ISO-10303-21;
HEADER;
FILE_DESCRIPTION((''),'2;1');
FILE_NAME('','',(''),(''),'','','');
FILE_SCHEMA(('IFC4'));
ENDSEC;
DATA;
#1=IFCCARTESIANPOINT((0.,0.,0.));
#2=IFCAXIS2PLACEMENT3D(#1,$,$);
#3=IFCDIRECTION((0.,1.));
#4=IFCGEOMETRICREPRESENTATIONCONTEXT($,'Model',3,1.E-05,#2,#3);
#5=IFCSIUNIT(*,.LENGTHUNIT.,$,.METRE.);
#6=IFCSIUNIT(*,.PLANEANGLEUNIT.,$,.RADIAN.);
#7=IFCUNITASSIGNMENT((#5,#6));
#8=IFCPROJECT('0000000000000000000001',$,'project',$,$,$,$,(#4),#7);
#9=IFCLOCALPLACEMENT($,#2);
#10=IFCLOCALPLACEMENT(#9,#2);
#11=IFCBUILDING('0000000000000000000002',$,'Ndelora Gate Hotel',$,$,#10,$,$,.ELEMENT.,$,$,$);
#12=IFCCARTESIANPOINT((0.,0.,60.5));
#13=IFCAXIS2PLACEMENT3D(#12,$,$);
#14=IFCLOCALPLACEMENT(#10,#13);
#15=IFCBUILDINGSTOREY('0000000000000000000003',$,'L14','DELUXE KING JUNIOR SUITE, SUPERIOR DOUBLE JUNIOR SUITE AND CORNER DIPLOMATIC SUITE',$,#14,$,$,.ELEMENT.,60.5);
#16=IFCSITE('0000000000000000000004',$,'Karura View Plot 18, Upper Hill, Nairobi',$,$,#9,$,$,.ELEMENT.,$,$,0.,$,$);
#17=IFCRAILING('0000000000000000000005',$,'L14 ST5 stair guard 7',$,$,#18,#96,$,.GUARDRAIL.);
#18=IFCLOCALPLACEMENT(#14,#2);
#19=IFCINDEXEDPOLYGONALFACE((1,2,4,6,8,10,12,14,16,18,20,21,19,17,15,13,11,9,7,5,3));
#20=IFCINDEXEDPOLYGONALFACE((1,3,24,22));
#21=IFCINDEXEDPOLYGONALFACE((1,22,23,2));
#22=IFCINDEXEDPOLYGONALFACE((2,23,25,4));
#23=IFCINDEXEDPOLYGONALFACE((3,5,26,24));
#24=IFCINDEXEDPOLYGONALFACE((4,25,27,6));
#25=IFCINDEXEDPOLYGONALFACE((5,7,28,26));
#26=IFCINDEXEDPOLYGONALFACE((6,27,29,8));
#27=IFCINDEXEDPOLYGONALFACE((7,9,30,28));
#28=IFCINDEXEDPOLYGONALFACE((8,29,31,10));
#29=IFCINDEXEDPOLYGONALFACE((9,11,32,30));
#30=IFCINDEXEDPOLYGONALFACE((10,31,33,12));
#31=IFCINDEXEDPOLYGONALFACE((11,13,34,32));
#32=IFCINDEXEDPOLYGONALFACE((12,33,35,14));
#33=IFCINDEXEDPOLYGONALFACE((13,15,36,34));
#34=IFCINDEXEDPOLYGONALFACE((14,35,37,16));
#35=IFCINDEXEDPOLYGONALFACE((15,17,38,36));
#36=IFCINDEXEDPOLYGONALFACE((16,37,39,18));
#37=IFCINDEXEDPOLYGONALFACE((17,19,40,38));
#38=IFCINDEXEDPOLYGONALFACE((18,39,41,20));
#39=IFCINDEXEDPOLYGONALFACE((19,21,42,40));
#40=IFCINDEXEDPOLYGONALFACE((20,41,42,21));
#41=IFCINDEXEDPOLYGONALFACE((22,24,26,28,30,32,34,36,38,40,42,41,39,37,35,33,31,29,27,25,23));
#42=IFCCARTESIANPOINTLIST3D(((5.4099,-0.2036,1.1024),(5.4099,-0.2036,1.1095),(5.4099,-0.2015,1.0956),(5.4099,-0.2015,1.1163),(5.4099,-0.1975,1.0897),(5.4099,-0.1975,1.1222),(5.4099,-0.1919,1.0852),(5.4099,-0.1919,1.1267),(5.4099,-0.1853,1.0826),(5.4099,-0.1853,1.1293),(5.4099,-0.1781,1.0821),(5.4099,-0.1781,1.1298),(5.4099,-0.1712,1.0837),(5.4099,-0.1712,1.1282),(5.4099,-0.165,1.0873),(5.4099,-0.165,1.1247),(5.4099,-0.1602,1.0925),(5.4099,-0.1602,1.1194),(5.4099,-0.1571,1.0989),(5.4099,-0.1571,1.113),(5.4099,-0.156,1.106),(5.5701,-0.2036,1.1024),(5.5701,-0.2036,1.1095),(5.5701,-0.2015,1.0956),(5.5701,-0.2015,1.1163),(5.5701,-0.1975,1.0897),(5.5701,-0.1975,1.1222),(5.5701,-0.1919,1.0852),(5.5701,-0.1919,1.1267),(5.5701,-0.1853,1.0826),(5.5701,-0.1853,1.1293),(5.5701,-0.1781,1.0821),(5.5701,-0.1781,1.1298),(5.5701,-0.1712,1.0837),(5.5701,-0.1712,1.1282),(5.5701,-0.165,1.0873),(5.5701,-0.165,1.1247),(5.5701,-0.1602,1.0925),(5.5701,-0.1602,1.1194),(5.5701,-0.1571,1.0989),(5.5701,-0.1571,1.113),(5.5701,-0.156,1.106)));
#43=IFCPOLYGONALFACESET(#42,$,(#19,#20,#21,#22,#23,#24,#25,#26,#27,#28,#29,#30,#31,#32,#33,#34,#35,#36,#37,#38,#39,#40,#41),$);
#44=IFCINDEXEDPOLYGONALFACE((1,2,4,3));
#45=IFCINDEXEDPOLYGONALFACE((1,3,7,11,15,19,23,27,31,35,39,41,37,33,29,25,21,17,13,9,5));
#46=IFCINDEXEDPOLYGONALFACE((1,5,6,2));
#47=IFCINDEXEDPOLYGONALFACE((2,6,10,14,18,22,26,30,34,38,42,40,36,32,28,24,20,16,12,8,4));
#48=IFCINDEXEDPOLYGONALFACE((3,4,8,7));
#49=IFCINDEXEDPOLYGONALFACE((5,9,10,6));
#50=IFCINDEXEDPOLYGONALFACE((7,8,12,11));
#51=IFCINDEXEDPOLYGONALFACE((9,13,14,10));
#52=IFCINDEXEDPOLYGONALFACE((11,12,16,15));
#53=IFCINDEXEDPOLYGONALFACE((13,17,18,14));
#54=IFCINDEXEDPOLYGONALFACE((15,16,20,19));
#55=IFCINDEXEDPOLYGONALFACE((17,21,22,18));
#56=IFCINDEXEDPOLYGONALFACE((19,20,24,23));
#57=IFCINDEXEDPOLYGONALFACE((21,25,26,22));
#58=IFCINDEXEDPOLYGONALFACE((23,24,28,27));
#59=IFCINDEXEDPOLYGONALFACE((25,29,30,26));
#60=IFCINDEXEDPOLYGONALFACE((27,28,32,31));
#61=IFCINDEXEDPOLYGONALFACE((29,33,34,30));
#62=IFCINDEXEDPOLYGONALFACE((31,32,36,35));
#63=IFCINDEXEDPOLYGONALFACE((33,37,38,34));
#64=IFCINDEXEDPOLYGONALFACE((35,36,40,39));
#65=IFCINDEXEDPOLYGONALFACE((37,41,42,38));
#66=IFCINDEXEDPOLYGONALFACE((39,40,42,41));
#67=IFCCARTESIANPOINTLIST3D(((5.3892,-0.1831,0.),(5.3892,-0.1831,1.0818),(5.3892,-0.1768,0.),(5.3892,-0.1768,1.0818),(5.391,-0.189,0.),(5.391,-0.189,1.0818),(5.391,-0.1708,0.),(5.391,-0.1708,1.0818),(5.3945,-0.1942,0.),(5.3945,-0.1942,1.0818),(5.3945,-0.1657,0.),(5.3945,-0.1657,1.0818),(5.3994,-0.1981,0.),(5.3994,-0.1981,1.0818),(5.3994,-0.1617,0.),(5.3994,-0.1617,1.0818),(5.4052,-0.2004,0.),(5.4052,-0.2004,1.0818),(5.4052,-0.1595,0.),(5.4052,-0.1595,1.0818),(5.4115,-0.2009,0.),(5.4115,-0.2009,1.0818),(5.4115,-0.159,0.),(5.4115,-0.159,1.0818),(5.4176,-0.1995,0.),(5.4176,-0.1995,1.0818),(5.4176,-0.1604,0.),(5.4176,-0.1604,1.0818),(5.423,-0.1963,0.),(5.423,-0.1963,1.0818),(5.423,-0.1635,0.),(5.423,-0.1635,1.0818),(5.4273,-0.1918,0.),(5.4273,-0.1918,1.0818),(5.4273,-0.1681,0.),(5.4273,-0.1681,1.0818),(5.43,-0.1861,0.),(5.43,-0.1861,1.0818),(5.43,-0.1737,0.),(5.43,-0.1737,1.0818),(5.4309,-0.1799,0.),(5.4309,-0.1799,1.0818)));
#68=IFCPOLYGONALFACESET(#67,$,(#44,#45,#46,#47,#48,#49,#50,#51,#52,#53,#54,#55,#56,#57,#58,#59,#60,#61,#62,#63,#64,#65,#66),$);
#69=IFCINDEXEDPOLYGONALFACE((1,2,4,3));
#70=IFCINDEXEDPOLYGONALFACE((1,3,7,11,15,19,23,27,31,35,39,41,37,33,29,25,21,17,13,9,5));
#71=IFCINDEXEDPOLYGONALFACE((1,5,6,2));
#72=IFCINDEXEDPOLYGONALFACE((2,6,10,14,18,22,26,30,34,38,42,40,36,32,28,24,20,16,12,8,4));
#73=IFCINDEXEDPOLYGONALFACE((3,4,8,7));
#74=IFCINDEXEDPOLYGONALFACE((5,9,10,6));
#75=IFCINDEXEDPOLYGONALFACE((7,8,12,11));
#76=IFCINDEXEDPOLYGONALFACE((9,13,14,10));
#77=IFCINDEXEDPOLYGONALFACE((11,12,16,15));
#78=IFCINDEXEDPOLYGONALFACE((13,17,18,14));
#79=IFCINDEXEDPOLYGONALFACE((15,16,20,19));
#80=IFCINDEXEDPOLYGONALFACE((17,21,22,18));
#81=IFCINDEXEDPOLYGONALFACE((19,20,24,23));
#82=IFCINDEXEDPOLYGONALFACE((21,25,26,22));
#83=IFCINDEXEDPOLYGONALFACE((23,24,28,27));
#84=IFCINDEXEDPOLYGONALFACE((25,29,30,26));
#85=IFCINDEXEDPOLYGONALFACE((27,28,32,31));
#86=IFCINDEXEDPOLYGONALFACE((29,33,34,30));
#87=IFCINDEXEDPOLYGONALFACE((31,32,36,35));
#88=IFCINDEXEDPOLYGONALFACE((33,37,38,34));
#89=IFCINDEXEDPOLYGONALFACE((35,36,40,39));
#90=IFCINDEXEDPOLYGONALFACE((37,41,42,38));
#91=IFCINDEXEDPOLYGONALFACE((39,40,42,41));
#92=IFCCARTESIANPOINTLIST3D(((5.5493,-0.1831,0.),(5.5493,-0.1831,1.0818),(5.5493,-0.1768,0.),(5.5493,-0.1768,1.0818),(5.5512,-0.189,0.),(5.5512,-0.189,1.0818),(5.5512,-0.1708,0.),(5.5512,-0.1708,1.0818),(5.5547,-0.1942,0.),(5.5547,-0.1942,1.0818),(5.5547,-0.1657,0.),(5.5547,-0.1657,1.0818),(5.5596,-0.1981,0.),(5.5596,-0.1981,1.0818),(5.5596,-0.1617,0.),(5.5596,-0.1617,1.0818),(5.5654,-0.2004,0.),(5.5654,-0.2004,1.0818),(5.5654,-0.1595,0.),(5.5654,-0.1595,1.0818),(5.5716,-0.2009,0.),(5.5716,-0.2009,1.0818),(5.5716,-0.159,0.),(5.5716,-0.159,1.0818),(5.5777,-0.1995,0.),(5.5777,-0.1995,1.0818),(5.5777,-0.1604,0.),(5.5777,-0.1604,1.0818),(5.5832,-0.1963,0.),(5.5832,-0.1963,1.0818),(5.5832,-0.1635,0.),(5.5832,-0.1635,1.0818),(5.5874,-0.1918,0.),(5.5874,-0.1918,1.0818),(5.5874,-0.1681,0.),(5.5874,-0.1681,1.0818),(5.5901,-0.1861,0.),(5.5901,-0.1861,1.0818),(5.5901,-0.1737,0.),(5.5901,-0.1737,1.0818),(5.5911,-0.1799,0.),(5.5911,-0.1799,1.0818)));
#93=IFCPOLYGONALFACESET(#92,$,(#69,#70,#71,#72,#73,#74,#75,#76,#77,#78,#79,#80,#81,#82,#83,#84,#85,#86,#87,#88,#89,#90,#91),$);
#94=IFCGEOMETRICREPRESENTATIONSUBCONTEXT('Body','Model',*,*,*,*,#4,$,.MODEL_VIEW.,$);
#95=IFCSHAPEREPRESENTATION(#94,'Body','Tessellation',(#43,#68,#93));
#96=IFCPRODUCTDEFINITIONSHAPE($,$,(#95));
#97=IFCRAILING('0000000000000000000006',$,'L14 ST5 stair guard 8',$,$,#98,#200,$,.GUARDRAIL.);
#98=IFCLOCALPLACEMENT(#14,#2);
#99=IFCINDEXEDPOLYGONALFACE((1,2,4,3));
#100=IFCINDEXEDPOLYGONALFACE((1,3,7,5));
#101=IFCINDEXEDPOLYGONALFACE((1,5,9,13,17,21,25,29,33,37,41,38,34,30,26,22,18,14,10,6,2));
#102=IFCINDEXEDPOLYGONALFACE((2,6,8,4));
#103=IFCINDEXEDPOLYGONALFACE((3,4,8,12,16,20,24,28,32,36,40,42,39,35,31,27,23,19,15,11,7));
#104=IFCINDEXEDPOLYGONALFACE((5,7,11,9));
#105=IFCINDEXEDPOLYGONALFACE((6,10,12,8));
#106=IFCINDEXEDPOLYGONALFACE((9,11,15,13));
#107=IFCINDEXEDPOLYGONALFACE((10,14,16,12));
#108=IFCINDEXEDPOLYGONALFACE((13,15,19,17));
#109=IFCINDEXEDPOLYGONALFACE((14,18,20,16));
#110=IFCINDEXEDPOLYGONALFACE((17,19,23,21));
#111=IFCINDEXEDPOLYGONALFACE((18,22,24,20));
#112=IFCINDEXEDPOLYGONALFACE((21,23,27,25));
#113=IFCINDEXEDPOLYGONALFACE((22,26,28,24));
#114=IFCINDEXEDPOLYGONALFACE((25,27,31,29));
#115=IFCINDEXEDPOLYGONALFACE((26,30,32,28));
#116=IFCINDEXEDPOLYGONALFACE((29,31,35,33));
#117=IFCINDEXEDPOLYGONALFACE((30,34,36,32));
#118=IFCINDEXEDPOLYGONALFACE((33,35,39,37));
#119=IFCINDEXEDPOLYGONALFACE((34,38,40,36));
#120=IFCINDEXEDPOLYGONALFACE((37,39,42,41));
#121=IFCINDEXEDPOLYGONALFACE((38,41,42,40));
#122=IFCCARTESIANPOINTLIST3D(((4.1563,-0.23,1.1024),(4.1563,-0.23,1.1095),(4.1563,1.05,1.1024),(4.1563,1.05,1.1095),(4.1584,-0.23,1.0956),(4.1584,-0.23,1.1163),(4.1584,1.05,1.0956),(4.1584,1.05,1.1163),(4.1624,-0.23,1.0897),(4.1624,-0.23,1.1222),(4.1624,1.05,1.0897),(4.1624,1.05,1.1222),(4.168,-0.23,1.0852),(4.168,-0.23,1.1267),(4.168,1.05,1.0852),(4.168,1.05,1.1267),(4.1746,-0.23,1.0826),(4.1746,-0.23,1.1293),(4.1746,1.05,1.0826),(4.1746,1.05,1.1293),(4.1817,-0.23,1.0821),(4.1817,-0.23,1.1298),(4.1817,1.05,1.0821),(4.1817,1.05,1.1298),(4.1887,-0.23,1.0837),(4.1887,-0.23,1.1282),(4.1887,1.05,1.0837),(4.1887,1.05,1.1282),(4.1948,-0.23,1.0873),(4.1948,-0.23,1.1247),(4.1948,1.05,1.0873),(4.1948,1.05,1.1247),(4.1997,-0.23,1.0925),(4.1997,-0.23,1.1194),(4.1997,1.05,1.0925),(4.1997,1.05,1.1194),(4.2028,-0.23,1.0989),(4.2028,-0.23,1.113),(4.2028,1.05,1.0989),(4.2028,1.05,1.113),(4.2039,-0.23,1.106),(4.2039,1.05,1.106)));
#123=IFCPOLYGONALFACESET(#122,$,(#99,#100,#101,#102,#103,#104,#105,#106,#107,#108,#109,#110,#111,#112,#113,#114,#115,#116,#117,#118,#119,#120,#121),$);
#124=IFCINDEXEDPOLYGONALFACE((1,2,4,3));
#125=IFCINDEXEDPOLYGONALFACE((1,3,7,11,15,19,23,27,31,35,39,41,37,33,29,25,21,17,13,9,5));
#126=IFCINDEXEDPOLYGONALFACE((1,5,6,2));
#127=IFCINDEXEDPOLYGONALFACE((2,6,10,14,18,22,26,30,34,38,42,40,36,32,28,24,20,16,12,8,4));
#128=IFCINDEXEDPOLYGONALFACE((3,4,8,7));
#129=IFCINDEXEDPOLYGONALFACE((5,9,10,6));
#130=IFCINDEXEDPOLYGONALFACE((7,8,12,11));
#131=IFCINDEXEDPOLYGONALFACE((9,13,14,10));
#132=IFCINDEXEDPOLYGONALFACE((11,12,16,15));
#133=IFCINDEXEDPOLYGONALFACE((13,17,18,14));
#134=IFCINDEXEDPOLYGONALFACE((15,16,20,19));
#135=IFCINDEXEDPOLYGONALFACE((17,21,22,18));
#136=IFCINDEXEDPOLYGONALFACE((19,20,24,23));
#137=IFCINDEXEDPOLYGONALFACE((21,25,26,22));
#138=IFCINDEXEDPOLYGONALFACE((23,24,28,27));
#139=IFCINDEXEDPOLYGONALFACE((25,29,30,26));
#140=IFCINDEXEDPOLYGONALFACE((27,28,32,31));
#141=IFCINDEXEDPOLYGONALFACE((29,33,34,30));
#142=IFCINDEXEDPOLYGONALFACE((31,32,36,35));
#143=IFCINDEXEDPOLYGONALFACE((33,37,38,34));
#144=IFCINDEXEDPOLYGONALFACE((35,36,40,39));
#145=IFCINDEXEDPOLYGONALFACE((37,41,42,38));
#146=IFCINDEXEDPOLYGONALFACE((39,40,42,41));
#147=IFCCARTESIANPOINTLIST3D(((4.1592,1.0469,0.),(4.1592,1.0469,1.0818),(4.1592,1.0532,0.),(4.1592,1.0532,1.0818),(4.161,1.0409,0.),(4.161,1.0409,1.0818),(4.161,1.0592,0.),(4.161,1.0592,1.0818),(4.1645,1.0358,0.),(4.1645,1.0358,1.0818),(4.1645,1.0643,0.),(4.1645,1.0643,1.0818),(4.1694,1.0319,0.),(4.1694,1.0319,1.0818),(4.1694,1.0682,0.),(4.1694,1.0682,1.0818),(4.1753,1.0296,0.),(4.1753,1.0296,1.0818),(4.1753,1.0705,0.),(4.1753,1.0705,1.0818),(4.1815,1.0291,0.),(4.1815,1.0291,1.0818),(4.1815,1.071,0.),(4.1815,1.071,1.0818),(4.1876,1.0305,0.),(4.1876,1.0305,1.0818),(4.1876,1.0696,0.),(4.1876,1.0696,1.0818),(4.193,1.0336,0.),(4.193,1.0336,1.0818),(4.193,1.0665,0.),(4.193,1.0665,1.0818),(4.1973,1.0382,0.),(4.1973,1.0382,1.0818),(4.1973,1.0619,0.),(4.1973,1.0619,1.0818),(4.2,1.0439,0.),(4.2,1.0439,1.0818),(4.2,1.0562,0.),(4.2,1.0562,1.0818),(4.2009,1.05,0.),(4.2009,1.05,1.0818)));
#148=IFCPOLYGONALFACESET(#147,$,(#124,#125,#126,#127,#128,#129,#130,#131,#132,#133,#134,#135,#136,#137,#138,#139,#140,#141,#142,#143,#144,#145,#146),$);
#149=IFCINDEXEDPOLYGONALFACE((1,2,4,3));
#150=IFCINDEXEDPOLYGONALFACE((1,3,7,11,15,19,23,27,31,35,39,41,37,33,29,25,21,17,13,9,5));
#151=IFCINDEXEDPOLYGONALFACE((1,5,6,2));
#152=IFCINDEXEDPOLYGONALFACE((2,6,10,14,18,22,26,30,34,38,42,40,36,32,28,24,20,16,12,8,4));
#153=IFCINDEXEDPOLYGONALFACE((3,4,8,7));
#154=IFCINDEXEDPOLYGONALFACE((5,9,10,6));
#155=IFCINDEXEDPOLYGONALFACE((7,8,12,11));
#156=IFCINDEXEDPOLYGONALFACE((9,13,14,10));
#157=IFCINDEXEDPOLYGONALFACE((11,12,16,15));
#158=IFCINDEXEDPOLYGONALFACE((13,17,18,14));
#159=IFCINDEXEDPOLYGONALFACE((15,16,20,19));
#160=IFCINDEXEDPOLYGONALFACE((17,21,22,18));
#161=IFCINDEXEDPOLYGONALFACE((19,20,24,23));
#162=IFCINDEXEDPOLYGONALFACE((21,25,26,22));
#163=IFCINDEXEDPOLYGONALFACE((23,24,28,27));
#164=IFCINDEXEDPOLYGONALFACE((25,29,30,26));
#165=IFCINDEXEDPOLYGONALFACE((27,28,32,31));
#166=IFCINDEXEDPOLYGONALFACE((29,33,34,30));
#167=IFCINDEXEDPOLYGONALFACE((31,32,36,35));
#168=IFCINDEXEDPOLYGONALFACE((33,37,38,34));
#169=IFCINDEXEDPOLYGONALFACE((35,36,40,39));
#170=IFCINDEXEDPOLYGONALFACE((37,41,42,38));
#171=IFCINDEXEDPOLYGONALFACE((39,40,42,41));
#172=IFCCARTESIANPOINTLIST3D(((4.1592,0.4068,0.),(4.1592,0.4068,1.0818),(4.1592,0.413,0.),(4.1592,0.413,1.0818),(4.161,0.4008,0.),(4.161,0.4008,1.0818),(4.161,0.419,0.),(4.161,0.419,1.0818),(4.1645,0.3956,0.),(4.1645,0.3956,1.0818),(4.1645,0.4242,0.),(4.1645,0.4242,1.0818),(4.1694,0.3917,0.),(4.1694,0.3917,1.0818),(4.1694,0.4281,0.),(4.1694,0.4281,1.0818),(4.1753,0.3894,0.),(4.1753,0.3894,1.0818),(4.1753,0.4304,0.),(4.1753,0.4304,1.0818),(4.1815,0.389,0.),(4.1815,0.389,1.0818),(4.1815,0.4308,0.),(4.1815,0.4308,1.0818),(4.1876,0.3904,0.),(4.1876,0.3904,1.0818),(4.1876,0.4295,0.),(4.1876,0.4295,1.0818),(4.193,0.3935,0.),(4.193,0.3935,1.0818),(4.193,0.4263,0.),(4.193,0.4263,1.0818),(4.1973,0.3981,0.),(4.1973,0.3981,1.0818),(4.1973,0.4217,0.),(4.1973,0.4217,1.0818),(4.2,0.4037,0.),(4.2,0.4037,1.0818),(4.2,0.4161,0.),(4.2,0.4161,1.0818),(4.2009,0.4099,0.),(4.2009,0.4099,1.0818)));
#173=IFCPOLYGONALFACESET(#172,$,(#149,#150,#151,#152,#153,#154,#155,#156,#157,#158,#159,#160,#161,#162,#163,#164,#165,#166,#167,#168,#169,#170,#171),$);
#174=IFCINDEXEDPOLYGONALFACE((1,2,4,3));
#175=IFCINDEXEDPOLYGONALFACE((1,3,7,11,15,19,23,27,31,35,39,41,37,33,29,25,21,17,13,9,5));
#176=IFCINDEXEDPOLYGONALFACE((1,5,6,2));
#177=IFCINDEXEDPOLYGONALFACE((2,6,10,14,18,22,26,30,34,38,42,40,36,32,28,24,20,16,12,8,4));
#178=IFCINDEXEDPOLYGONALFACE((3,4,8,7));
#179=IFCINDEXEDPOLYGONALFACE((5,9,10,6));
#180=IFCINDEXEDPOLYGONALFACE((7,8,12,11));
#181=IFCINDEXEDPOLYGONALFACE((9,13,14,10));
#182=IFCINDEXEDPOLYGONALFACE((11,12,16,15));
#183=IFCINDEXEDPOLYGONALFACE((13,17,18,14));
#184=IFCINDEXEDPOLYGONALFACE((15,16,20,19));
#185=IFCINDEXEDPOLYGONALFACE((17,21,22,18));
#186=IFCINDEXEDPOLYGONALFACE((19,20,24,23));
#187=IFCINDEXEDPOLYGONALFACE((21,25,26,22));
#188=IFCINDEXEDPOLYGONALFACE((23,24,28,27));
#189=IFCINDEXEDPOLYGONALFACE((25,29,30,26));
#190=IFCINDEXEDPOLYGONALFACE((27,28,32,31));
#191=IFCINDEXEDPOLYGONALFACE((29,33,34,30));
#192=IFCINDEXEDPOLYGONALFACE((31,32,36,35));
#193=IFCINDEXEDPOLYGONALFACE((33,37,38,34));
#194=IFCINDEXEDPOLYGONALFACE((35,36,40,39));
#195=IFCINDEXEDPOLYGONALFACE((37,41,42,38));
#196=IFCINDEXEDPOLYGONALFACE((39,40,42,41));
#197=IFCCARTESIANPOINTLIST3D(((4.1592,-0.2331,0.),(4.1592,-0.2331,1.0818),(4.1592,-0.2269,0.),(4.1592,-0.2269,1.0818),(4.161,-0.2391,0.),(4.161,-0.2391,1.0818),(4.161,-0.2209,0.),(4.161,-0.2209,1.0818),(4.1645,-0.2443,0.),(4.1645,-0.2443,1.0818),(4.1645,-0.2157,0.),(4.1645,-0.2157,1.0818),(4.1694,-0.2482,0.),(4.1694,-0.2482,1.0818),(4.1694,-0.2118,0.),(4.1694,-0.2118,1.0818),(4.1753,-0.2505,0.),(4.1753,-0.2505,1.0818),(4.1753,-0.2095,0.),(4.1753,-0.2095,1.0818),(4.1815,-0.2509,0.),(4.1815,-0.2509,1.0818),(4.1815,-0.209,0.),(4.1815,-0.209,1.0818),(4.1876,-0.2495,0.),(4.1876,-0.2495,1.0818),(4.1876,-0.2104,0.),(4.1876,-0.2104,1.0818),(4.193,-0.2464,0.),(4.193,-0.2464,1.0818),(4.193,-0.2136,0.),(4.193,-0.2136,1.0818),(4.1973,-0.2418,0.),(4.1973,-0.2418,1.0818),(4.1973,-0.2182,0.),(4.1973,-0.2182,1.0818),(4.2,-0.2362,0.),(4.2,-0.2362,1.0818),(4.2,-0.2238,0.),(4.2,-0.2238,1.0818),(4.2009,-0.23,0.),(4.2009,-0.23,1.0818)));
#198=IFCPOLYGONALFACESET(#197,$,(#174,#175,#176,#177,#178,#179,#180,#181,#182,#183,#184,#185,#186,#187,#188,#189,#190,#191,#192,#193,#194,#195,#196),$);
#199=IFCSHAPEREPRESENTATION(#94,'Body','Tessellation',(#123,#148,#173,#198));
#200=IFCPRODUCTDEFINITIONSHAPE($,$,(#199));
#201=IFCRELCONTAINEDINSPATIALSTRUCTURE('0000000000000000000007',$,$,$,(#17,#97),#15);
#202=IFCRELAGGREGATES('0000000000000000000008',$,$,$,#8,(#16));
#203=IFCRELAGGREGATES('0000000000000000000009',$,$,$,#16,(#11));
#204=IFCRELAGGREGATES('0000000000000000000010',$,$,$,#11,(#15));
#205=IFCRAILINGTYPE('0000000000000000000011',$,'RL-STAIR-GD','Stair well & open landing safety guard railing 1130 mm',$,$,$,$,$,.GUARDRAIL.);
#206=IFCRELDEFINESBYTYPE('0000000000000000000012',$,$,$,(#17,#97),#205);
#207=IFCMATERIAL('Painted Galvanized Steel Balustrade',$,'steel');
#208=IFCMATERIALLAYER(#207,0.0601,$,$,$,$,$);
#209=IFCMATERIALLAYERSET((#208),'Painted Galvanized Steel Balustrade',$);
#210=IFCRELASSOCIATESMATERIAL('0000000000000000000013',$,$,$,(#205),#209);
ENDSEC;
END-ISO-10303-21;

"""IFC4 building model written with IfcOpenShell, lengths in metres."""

from ifc_helpers import new_model, si_unit, direction, frame, origin, origin_2d, place, context, subcontext, project, spatial, circle, extrude, material, layer, layer_set, type_object, element, save


model = new_model("IFC4")

# Units and contexts
model_context = context("Model", 3, precision=1e-05, world=origin(), true_north=direction((0.0, 1.0)))
body_context = subcontext(model_context, "Body", "Model", "MODEL_VIEW")
ifc_project = project(units=[si_unit("LENGTHUNIT", "METRE"), si_unit("PLANEANGLEUNIT", "RADIAN")], contexts=[model_context])

# Site, building, storey
site_placement = place(None, origin())
site = spatial("IfcSite", under=ifc_project, at=site_placement, Name="Karura View Plot 18, Upper Hill, Nairobi", CompositionType="ELEMENT", RefElevation=0.0)
building_placement = place(site_placement, origin())
building = spatial("IfcBuilding", under=site, at=building_placement, Name="Ndelora Gate Hotel", CompositionType="ELEMENT")
storey_placement = place(building_placement, frame((0.0, 0.0, 60.5)))
storey = spatial("IfcBuildingStorey", under=building, at=storey_placement, Name="L14", Description="DELUXE KING JUNIOR SUITE, SUPERIOR DOUBLE JUNIOR SUITE AND CORNER DIPLOMATIC SUITE", CompositionType="ELEMENT", Elevation=60.5)

# Railings
ifc_material_1 = material(Name="Painted Galvanized Steel Balustrade", Category="steel")
ifc_layer_1 = layer(ifc_material_1, 0.0601)
ifc_layer_set_1 = layer_set([ifc_layer_1], Name="Painted Galvanized Steel Balustrade")
railing_type_1 = type_object("IfcRailingType", Name="RL-STAIR-GD", Description="Stair well & open landing safety guard railing 1130 mm", PredefinedType="GUARDRAIL", material=ifc_layer_set_1)
railing_1_placement = place(storey_placement, frame((5.4099, -0.1799, 0.0)))
element("IfcRailing", 1, at=railing_1_placement, inside=storey, type_object=railing_type_1, Name="L14 ST5 stair guard 7", PredefinedType="GUARDRAIL", context=body_context, shape_type="SweptSolid", body=[
    extrude(circle(Radius=0.0239, at=origin_2d()), frame((0.0, 0.0, 1.106), z_axis=(1.0, 0.0, 0.0), x_axis=(0.0, 1.0, 0.0)), (0.0, 0.0, 1.0), 0.1602),
    extrude(circle(Radius=0.021, at=origin_2d()), origin(), (0.0, 0.0, 1.0), 1.0818),
    extrude(circle(Radius=0.021, at=origin_2d()), frame((0.1602, 0.0, 0.0)), (0.0, 0.0, 1.0), 1.0818),
])
railing_2_placement = place(storey_placement, frame((4.1799, 1.05, 0.0)))
element("IfcRailing", 2, at=railing_2_placement, inside=storey, type_object=railing_type_1, Name="L14 ST5 stair guard 8", PredefinedType="GUARDRAIL", context=body_context, shape_type="SweptSolid", body=[
    extrude(circle(Radius=0.0239, at=origin_2d()), frame((0.0, 0.0, 1.106), z_axis=(0.0, -1.0, 0.0), x_axis=(1.0, 0.0, 0.0)), (0.0, 0.0, 1.0), 1.28),
    extrude(circle(Radius=0.021, at=origin_2d()), origin(), (0.0, 0.0, 1.0), 1.0818),
    extrude(circle(Radius=0.021, at=origin_2d()), frame((0.0, -0.6401, 0.0)), (0.0, 0.0, 1.0), 1.0818),
    extrude(circle(Radius=0.021, at=origin_2d()), frame((0.0, -1.28, 0.0)), (0.0, 0.0, 1.0), 1.0818),
])

save(model, "model.ifc")
